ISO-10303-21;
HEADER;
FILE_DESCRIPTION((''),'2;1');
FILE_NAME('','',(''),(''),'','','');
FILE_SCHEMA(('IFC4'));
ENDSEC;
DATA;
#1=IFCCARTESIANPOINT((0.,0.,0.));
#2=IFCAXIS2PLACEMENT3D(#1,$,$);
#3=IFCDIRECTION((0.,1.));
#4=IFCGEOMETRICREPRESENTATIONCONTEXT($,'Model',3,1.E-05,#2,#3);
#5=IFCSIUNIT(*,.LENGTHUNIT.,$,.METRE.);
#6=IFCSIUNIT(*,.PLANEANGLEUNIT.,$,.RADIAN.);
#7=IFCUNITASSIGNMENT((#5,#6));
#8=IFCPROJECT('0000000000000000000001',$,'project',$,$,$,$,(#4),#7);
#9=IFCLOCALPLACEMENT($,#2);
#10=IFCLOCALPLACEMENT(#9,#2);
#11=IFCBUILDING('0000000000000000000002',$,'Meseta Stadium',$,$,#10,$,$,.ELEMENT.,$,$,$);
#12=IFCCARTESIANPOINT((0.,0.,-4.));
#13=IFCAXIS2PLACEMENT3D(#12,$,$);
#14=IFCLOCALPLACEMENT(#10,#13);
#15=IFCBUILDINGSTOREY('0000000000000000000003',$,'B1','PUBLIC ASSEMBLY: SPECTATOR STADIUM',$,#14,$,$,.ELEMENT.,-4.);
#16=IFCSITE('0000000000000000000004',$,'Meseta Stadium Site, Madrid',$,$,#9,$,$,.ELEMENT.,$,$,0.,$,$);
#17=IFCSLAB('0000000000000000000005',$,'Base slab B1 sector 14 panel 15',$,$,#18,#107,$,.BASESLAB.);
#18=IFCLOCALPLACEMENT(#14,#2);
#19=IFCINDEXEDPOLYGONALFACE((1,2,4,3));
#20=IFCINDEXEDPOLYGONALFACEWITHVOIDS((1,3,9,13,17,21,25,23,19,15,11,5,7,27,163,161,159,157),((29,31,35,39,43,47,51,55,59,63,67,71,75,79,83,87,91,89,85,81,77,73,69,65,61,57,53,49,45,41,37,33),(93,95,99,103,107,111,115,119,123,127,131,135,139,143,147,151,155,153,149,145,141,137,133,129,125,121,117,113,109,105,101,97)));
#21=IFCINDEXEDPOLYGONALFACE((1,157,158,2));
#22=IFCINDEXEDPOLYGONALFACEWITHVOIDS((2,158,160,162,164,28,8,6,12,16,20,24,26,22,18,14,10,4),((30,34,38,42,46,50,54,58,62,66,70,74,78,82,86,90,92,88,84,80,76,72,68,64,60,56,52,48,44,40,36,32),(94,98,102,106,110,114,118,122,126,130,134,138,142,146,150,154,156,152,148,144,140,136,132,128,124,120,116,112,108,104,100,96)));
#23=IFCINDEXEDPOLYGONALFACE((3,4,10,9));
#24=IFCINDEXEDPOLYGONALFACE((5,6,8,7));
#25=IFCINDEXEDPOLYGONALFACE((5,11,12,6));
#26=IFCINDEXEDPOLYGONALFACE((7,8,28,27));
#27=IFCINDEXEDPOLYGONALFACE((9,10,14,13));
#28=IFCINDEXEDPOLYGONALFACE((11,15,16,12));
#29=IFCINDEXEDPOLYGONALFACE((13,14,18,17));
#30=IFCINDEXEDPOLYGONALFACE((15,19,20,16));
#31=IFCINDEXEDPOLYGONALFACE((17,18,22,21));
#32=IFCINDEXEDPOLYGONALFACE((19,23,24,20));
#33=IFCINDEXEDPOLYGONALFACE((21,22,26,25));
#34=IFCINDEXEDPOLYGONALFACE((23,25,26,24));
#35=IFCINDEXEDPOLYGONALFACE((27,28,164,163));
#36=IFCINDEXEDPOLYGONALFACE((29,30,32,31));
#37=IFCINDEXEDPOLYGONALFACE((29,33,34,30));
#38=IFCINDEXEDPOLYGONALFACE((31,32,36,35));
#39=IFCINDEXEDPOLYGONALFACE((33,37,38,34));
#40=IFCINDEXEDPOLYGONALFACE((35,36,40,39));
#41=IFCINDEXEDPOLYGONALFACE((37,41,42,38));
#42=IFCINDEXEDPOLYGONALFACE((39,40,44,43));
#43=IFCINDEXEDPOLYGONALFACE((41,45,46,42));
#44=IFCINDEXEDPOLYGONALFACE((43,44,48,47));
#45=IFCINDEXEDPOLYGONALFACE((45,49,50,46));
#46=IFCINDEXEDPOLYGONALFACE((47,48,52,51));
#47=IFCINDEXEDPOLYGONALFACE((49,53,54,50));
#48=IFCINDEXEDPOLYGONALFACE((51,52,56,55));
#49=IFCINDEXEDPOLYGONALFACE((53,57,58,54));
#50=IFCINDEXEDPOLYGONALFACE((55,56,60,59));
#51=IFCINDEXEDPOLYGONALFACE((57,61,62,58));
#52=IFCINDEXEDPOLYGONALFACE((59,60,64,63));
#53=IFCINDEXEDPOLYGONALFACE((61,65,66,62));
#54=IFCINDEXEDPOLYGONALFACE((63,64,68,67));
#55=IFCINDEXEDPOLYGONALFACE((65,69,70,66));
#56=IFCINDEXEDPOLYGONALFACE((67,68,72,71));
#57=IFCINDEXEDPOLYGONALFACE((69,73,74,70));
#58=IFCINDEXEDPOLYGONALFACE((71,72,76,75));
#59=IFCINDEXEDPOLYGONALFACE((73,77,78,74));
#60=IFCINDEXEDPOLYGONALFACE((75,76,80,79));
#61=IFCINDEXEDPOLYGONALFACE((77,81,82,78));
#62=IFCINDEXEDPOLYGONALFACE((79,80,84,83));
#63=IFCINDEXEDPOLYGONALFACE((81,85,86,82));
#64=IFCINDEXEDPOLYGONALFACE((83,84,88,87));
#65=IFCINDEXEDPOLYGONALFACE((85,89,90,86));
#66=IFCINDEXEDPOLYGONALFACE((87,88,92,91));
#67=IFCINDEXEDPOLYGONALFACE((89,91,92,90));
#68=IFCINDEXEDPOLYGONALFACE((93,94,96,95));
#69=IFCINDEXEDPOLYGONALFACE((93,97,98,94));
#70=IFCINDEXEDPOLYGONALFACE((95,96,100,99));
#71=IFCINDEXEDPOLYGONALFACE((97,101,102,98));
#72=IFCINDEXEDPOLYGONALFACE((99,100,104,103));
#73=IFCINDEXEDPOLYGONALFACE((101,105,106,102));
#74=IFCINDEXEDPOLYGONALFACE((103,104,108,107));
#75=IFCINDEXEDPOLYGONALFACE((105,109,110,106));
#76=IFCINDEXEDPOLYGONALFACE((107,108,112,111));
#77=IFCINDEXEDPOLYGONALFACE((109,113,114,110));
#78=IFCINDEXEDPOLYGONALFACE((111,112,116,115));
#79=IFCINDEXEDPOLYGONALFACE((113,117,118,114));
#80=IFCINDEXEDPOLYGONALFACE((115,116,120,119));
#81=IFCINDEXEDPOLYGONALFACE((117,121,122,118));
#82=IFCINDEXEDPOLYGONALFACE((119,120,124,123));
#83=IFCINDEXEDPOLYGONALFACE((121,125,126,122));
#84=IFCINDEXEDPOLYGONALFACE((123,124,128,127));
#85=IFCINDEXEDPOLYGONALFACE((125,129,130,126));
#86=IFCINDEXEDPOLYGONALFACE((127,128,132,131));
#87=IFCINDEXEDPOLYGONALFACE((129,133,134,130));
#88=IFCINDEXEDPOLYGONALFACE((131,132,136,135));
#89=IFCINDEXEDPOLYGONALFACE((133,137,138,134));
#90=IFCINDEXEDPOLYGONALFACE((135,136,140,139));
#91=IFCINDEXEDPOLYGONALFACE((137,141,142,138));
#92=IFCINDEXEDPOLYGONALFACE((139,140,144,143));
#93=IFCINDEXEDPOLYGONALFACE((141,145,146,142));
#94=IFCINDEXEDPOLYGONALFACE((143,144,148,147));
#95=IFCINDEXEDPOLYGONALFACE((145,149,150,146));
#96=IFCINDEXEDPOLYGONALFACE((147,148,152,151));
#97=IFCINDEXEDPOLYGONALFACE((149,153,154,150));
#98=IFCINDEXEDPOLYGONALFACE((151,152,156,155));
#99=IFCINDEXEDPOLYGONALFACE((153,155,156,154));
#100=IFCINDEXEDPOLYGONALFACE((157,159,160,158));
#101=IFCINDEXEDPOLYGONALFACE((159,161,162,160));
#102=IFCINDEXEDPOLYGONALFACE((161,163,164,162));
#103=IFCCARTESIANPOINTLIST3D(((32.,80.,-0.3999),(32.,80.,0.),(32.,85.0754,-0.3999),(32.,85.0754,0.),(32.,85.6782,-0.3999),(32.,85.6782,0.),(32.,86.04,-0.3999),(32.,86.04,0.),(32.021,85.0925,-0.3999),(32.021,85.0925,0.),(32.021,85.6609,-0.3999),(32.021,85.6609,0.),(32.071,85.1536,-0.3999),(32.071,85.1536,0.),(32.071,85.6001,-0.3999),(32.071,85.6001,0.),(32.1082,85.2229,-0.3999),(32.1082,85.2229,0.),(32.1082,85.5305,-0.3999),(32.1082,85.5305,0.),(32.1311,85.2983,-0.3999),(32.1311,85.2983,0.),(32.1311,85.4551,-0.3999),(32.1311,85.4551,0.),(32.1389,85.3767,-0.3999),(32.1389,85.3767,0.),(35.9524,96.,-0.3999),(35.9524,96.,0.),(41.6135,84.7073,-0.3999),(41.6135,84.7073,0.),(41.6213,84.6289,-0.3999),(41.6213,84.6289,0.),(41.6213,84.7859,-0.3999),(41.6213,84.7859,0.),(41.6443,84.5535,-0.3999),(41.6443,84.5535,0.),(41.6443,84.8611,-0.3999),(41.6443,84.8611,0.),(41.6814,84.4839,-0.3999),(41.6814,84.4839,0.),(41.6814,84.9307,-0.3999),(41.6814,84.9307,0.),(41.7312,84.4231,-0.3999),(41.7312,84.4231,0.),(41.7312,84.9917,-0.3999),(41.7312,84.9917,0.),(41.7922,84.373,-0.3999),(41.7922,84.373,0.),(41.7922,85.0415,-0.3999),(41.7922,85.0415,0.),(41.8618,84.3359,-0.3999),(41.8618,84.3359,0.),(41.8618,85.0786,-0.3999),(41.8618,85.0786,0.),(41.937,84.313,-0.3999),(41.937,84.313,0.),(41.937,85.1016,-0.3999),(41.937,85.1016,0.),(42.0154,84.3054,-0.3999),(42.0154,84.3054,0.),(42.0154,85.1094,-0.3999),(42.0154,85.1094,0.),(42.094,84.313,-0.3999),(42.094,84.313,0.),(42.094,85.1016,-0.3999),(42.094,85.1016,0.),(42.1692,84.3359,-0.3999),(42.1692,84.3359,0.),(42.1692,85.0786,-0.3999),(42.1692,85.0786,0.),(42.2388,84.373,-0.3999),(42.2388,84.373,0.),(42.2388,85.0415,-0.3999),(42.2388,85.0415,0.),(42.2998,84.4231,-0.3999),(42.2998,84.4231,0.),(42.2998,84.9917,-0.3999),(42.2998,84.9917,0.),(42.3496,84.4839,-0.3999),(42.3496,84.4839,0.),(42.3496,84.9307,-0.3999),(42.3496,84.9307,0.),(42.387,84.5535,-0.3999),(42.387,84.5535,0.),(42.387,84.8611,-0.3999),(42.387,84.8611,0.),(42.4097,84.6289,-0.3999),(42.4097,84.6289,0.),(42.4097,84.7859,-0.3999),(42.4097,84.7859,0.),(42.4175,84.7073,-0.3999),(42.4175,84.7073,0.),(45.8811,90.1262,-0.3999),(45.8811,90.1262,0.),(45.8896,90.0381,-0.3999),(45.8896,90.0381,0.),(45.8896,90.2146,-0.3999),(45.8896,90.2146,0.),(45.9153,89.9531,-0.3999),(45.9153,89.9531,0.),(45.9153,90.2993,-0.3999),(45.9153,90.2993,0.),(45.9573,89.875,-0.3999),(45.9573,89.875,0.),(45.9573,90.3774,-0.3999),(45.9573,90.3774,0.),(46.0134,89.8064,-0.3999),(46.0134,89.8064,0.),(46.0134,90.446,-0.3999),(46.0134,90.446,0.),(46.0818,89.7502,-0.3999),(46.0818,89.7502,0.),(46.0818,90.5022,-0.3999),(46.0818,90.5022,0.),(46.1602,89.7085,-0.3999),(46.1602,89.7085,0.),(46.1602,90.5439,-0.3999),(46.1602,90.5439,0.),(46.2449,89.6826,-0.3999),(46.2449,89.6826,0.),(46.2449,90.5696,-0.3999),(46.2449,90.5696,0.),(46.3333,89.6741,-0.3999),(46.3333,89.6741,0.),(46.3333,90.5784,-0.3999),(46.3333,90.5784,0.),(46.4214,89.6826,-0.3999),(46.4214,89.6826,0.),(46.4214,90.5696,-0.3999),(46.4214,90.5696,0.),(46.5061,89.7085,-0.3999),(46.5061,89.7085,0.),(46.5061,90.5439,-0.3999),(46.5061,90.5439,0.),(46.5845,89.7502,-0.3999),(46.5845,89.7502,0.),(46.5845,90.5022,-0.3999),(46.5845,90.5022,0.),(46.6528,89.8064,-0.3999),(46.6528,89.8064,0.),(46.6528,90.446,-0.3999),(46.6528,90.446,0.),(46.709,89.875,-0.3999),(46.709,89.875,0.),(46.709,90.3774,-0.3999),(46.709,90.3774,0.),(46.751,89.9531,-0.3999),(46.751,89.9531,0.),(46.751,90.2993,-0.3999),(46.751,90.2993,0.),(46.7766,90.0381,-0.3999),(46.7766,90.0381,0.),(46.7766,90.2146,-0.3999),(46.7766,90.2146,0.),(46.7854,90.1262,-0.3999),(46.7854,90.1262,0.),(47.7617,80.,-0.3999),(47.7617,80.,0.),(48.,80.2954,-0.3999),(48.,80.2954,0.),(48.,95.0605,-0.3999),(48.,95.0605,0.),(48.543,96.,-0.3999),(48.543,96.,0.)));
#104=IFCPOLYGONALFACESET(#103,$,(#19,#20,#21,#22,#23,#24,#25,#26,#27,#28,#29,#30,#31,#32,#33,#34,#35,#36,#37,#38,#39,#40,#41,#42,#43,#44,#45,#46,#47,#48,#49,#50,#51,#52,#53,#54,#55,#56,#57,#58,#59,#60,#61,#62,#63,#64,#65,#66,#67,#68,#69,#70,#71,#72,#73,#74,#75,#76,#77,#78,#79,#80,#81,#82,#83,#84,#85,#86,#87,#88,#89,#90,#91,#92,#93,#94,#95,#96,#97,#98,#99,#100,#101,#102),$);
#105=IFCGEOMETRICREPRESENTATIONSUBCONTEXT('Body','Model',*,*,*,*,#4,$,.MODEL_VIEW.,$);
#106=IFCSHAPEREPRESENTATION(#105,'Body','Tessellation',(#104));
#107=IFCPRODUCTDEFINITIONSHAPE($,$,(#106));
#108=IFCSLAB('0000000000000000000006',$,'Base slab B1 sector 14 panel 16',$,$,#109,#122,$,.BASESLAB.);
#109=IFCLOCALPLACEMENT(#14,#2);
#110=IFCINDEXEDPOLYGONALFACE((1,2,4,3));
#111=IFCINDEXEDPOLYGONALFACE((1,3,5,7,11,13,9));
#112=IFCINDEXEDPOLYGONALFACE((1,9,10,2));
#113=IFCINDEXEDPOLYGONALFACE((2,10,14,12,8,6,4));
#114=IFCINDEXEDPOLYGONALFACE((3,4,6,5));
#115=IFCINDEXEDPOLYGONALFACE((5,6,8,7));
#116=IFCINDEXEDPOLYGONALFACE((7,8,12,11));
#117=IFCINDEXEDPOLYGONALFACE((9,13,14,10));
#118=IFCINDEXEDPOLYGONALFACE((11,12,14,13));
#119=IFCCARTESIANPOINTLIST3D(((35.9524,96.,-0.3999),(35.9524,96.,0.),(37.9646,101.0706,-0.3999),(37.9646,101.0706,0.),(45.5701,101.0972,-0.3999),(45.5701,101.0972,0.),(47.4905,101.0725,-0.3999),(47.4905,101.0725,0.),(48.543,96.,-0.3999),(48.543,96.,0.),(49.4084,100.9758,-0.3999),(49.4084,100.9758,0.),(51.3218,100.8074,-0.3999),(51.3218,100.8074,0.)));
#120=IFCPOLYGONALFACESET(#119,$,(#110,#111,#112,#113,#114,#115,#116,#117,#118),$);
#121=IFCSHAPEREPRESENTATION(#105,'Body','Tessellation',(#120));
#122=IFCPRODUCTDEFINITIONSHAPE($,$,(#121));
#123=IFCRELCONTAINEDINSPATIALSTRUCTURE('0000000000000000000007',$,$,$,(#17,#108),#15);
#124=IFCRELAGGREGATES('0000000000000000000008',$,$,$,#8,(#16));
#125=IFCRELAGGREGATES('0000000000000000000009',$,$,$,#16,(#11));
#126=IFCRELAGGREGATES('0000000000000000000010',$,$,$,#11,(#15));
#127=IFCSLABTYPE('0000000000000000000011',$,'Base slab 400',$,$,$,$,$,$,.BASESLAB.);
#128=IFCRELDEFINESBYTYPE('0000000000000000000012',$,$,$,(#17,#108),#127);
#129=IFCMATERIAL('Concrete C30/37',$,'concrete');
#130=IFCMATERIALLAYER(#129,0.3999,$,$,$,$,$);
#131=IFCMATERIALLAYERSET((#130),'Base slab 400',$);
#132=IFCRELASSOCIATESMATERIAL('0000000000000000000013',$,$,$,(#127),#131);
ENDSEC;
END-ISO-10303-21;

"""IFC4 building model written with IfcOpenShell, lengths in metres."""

from ifc_helpers import new_model, si_unit, direction, frame, origin, place, context, subcontext, project, spatial, polyline, outline, extrude, material, layer, layer_set, type_object, element, save


model = new_model("IFC4")

# Units and contexts
model_context = context("Model", 3, precision=1e-05, world=origin(), true_north=direction((0.0, 1.0)))
body_context = subcontext(model_context, "Body", "Model", "MODEL_VIEW")
ifc_project = project(units=[si_unit("LENGTHUNIT", "METRE"), si_unit("PLANEANGLEUNIT", "RADIAN")], contexts=[model_context])

# Site, building, storey
site_placement = place(None, origin())
site = spatial("IfcSite", under=ifc_project, at=site_placement, Name="Meseta Stadium Site, Madrid", CompositionType="ELEMENT", RefElevation=0.0)
building_placement = place(site_placement, origin())
building = spatial("IfcBuilding", under=site, at=building_placement, Name="Meseta Stadium", CompositionType="ELEMENT")
storey_placement = place(building_placement, frame((0.0, 0.0, -4.0)))
storey = spatial("IfcBuildingStorey", under=building, at=storey_placement, Name="B1", Description="PUBLIC ASSEMBLY: SPECTATOR STADIUM", CompositionType="ELEMENT", Elevation=-4.0)

# Slabs
ifc_material_1 = material(Name="Concrete C30/37", Category="concrete")
ifc_layer = layer(ifc_material_1, 0.3999)
ifc_layer_set = layer_set([ifc_layer], Name="Base slab 400")
slab_type = type_object("IfcSlabType", Name="Base slab 400", PredefinedType="BASESLAB", material=ifc_layer_set)
slab_1_placement = place(storey_placement, frame((0.0, 0.0, -0.3999)))
element("IfcSlab", 1, at=slab_1_placement, inside=storey, type_object=slab_type, Name="Base slab B1 sector 14 panel 15", PredefinedType="BASESLAB", context=body_context, shape_type="SweptSolid", body=[
    extrude(outline(polyline([(32.071, 85.1536), (32.021, 85.0925), (32.0, 85.0754), (32.0, 80.0), (47.7617, 80.0), (48.0, 80.2954), (48.0, 95.0605), (48.543, 96.0), (35.9524, 96.0), (32.0, 86.04), (32.0, 85.6782), (32.021, 85.6609), (32.071, 85.6001), (32.1082, 85.5305), (32.1311, 85.4551), (32.1389, 85.3767), (32.1311, 85.2983), (32.1082, 85.2229), (32.071, 85.1536)]), holes=[polyline([(41.7922, 85.0415), (41.8618, 85.0786), (41.937, 85.1016), (42.0154, 85.1094), (42.094, 85.1016), (42.1692, 85.0786), (42.2388, 85.0415), (42.2998, 84.9917), (42.3496, 84.9307), (42.387, 84.8611), (42.4097, 84.7859), (42.4175, 84.7073), (42.4097, 84.6289), (42.387, 84.5535), (42.3496, 84.4839), (42.2998, 84.4231), (42.2388, 84.373), (42.1692, 84.3359), (42.094, 84.313), (42.0154, 84.3054), (41.937, 84.313), (41.8618, 84.3359), (41.7922, 84.373), (41.7312, 84.4231), (41.6814, 84.4839), (41.6443, 84.5535), (41.6213, 84.6289), (41.6135, 84.7073), (41.6213, 84.7859), (41.6443, 84.8611), (41.6814, 84.9307), (41.7312, 84.9917), (41.7922, 85.0415)]), polyline([(46.751, 89.9531), (46.709, 89.875), (46.6528, 89.8064), (46.5845, 89.7502), (46.5061, 89.7085), (46.4214, 89.6826), (46.3333, 89.6741), (46.2449, 89.6826), (46.1602, 89.7085), (46.0818, 89.7502), (46.0134, 89.8064), (45.9573, 89.875), (45.9153, 89.9531), (45.8896, 90.0381), (45.8811, 90.1262), (45.8896, 90.2146), (45.9153, 90.2993), (45.9573, 90.3774), (46.0134, 90.446), (46.0818, 90.5022), (46.1602, 90.5439), (46.2449, 90.5696), (46.3333, 90.5784), (46.4214, 90.5696), (46.5061, 90.5439), (46.5845, 90.5022), (46.6528, 90.446), (46.709, 90.3774), (46.751, 90.2993), (46.7766, 90.2146), (46.7854, 90.1262), (46.7766, 90.0381), (46.751, 89.9531)])]), origin(), (0.0, 0.0, 1.0), 0.3999),
])
slab_2_placement = place(storey_placement, frame((0.0, 0.0, -0.3999)))
element("IfcSlab", 2, at=slab_2_placement, inside=storey, type_object=slab_type, Name="Base slab B1 sector 14 panel 16", PredefinedType="BASESLAB", context=body_context, shape_type="SweptSolid", body=[
    extrude(outline(polyline([(49.4084, 100.9758), (47.4905, 101.0725), (45.5701, 101.0972), (37.9646, 101.0706), (35.9524, 96.0), (48.543, 96.0), (51.3218, 100.8074), (49.4084, 100.9758)])), origin(), (0.0, 0.0, 1.0), 0.3999),
])

save(model, "model.ifc")
